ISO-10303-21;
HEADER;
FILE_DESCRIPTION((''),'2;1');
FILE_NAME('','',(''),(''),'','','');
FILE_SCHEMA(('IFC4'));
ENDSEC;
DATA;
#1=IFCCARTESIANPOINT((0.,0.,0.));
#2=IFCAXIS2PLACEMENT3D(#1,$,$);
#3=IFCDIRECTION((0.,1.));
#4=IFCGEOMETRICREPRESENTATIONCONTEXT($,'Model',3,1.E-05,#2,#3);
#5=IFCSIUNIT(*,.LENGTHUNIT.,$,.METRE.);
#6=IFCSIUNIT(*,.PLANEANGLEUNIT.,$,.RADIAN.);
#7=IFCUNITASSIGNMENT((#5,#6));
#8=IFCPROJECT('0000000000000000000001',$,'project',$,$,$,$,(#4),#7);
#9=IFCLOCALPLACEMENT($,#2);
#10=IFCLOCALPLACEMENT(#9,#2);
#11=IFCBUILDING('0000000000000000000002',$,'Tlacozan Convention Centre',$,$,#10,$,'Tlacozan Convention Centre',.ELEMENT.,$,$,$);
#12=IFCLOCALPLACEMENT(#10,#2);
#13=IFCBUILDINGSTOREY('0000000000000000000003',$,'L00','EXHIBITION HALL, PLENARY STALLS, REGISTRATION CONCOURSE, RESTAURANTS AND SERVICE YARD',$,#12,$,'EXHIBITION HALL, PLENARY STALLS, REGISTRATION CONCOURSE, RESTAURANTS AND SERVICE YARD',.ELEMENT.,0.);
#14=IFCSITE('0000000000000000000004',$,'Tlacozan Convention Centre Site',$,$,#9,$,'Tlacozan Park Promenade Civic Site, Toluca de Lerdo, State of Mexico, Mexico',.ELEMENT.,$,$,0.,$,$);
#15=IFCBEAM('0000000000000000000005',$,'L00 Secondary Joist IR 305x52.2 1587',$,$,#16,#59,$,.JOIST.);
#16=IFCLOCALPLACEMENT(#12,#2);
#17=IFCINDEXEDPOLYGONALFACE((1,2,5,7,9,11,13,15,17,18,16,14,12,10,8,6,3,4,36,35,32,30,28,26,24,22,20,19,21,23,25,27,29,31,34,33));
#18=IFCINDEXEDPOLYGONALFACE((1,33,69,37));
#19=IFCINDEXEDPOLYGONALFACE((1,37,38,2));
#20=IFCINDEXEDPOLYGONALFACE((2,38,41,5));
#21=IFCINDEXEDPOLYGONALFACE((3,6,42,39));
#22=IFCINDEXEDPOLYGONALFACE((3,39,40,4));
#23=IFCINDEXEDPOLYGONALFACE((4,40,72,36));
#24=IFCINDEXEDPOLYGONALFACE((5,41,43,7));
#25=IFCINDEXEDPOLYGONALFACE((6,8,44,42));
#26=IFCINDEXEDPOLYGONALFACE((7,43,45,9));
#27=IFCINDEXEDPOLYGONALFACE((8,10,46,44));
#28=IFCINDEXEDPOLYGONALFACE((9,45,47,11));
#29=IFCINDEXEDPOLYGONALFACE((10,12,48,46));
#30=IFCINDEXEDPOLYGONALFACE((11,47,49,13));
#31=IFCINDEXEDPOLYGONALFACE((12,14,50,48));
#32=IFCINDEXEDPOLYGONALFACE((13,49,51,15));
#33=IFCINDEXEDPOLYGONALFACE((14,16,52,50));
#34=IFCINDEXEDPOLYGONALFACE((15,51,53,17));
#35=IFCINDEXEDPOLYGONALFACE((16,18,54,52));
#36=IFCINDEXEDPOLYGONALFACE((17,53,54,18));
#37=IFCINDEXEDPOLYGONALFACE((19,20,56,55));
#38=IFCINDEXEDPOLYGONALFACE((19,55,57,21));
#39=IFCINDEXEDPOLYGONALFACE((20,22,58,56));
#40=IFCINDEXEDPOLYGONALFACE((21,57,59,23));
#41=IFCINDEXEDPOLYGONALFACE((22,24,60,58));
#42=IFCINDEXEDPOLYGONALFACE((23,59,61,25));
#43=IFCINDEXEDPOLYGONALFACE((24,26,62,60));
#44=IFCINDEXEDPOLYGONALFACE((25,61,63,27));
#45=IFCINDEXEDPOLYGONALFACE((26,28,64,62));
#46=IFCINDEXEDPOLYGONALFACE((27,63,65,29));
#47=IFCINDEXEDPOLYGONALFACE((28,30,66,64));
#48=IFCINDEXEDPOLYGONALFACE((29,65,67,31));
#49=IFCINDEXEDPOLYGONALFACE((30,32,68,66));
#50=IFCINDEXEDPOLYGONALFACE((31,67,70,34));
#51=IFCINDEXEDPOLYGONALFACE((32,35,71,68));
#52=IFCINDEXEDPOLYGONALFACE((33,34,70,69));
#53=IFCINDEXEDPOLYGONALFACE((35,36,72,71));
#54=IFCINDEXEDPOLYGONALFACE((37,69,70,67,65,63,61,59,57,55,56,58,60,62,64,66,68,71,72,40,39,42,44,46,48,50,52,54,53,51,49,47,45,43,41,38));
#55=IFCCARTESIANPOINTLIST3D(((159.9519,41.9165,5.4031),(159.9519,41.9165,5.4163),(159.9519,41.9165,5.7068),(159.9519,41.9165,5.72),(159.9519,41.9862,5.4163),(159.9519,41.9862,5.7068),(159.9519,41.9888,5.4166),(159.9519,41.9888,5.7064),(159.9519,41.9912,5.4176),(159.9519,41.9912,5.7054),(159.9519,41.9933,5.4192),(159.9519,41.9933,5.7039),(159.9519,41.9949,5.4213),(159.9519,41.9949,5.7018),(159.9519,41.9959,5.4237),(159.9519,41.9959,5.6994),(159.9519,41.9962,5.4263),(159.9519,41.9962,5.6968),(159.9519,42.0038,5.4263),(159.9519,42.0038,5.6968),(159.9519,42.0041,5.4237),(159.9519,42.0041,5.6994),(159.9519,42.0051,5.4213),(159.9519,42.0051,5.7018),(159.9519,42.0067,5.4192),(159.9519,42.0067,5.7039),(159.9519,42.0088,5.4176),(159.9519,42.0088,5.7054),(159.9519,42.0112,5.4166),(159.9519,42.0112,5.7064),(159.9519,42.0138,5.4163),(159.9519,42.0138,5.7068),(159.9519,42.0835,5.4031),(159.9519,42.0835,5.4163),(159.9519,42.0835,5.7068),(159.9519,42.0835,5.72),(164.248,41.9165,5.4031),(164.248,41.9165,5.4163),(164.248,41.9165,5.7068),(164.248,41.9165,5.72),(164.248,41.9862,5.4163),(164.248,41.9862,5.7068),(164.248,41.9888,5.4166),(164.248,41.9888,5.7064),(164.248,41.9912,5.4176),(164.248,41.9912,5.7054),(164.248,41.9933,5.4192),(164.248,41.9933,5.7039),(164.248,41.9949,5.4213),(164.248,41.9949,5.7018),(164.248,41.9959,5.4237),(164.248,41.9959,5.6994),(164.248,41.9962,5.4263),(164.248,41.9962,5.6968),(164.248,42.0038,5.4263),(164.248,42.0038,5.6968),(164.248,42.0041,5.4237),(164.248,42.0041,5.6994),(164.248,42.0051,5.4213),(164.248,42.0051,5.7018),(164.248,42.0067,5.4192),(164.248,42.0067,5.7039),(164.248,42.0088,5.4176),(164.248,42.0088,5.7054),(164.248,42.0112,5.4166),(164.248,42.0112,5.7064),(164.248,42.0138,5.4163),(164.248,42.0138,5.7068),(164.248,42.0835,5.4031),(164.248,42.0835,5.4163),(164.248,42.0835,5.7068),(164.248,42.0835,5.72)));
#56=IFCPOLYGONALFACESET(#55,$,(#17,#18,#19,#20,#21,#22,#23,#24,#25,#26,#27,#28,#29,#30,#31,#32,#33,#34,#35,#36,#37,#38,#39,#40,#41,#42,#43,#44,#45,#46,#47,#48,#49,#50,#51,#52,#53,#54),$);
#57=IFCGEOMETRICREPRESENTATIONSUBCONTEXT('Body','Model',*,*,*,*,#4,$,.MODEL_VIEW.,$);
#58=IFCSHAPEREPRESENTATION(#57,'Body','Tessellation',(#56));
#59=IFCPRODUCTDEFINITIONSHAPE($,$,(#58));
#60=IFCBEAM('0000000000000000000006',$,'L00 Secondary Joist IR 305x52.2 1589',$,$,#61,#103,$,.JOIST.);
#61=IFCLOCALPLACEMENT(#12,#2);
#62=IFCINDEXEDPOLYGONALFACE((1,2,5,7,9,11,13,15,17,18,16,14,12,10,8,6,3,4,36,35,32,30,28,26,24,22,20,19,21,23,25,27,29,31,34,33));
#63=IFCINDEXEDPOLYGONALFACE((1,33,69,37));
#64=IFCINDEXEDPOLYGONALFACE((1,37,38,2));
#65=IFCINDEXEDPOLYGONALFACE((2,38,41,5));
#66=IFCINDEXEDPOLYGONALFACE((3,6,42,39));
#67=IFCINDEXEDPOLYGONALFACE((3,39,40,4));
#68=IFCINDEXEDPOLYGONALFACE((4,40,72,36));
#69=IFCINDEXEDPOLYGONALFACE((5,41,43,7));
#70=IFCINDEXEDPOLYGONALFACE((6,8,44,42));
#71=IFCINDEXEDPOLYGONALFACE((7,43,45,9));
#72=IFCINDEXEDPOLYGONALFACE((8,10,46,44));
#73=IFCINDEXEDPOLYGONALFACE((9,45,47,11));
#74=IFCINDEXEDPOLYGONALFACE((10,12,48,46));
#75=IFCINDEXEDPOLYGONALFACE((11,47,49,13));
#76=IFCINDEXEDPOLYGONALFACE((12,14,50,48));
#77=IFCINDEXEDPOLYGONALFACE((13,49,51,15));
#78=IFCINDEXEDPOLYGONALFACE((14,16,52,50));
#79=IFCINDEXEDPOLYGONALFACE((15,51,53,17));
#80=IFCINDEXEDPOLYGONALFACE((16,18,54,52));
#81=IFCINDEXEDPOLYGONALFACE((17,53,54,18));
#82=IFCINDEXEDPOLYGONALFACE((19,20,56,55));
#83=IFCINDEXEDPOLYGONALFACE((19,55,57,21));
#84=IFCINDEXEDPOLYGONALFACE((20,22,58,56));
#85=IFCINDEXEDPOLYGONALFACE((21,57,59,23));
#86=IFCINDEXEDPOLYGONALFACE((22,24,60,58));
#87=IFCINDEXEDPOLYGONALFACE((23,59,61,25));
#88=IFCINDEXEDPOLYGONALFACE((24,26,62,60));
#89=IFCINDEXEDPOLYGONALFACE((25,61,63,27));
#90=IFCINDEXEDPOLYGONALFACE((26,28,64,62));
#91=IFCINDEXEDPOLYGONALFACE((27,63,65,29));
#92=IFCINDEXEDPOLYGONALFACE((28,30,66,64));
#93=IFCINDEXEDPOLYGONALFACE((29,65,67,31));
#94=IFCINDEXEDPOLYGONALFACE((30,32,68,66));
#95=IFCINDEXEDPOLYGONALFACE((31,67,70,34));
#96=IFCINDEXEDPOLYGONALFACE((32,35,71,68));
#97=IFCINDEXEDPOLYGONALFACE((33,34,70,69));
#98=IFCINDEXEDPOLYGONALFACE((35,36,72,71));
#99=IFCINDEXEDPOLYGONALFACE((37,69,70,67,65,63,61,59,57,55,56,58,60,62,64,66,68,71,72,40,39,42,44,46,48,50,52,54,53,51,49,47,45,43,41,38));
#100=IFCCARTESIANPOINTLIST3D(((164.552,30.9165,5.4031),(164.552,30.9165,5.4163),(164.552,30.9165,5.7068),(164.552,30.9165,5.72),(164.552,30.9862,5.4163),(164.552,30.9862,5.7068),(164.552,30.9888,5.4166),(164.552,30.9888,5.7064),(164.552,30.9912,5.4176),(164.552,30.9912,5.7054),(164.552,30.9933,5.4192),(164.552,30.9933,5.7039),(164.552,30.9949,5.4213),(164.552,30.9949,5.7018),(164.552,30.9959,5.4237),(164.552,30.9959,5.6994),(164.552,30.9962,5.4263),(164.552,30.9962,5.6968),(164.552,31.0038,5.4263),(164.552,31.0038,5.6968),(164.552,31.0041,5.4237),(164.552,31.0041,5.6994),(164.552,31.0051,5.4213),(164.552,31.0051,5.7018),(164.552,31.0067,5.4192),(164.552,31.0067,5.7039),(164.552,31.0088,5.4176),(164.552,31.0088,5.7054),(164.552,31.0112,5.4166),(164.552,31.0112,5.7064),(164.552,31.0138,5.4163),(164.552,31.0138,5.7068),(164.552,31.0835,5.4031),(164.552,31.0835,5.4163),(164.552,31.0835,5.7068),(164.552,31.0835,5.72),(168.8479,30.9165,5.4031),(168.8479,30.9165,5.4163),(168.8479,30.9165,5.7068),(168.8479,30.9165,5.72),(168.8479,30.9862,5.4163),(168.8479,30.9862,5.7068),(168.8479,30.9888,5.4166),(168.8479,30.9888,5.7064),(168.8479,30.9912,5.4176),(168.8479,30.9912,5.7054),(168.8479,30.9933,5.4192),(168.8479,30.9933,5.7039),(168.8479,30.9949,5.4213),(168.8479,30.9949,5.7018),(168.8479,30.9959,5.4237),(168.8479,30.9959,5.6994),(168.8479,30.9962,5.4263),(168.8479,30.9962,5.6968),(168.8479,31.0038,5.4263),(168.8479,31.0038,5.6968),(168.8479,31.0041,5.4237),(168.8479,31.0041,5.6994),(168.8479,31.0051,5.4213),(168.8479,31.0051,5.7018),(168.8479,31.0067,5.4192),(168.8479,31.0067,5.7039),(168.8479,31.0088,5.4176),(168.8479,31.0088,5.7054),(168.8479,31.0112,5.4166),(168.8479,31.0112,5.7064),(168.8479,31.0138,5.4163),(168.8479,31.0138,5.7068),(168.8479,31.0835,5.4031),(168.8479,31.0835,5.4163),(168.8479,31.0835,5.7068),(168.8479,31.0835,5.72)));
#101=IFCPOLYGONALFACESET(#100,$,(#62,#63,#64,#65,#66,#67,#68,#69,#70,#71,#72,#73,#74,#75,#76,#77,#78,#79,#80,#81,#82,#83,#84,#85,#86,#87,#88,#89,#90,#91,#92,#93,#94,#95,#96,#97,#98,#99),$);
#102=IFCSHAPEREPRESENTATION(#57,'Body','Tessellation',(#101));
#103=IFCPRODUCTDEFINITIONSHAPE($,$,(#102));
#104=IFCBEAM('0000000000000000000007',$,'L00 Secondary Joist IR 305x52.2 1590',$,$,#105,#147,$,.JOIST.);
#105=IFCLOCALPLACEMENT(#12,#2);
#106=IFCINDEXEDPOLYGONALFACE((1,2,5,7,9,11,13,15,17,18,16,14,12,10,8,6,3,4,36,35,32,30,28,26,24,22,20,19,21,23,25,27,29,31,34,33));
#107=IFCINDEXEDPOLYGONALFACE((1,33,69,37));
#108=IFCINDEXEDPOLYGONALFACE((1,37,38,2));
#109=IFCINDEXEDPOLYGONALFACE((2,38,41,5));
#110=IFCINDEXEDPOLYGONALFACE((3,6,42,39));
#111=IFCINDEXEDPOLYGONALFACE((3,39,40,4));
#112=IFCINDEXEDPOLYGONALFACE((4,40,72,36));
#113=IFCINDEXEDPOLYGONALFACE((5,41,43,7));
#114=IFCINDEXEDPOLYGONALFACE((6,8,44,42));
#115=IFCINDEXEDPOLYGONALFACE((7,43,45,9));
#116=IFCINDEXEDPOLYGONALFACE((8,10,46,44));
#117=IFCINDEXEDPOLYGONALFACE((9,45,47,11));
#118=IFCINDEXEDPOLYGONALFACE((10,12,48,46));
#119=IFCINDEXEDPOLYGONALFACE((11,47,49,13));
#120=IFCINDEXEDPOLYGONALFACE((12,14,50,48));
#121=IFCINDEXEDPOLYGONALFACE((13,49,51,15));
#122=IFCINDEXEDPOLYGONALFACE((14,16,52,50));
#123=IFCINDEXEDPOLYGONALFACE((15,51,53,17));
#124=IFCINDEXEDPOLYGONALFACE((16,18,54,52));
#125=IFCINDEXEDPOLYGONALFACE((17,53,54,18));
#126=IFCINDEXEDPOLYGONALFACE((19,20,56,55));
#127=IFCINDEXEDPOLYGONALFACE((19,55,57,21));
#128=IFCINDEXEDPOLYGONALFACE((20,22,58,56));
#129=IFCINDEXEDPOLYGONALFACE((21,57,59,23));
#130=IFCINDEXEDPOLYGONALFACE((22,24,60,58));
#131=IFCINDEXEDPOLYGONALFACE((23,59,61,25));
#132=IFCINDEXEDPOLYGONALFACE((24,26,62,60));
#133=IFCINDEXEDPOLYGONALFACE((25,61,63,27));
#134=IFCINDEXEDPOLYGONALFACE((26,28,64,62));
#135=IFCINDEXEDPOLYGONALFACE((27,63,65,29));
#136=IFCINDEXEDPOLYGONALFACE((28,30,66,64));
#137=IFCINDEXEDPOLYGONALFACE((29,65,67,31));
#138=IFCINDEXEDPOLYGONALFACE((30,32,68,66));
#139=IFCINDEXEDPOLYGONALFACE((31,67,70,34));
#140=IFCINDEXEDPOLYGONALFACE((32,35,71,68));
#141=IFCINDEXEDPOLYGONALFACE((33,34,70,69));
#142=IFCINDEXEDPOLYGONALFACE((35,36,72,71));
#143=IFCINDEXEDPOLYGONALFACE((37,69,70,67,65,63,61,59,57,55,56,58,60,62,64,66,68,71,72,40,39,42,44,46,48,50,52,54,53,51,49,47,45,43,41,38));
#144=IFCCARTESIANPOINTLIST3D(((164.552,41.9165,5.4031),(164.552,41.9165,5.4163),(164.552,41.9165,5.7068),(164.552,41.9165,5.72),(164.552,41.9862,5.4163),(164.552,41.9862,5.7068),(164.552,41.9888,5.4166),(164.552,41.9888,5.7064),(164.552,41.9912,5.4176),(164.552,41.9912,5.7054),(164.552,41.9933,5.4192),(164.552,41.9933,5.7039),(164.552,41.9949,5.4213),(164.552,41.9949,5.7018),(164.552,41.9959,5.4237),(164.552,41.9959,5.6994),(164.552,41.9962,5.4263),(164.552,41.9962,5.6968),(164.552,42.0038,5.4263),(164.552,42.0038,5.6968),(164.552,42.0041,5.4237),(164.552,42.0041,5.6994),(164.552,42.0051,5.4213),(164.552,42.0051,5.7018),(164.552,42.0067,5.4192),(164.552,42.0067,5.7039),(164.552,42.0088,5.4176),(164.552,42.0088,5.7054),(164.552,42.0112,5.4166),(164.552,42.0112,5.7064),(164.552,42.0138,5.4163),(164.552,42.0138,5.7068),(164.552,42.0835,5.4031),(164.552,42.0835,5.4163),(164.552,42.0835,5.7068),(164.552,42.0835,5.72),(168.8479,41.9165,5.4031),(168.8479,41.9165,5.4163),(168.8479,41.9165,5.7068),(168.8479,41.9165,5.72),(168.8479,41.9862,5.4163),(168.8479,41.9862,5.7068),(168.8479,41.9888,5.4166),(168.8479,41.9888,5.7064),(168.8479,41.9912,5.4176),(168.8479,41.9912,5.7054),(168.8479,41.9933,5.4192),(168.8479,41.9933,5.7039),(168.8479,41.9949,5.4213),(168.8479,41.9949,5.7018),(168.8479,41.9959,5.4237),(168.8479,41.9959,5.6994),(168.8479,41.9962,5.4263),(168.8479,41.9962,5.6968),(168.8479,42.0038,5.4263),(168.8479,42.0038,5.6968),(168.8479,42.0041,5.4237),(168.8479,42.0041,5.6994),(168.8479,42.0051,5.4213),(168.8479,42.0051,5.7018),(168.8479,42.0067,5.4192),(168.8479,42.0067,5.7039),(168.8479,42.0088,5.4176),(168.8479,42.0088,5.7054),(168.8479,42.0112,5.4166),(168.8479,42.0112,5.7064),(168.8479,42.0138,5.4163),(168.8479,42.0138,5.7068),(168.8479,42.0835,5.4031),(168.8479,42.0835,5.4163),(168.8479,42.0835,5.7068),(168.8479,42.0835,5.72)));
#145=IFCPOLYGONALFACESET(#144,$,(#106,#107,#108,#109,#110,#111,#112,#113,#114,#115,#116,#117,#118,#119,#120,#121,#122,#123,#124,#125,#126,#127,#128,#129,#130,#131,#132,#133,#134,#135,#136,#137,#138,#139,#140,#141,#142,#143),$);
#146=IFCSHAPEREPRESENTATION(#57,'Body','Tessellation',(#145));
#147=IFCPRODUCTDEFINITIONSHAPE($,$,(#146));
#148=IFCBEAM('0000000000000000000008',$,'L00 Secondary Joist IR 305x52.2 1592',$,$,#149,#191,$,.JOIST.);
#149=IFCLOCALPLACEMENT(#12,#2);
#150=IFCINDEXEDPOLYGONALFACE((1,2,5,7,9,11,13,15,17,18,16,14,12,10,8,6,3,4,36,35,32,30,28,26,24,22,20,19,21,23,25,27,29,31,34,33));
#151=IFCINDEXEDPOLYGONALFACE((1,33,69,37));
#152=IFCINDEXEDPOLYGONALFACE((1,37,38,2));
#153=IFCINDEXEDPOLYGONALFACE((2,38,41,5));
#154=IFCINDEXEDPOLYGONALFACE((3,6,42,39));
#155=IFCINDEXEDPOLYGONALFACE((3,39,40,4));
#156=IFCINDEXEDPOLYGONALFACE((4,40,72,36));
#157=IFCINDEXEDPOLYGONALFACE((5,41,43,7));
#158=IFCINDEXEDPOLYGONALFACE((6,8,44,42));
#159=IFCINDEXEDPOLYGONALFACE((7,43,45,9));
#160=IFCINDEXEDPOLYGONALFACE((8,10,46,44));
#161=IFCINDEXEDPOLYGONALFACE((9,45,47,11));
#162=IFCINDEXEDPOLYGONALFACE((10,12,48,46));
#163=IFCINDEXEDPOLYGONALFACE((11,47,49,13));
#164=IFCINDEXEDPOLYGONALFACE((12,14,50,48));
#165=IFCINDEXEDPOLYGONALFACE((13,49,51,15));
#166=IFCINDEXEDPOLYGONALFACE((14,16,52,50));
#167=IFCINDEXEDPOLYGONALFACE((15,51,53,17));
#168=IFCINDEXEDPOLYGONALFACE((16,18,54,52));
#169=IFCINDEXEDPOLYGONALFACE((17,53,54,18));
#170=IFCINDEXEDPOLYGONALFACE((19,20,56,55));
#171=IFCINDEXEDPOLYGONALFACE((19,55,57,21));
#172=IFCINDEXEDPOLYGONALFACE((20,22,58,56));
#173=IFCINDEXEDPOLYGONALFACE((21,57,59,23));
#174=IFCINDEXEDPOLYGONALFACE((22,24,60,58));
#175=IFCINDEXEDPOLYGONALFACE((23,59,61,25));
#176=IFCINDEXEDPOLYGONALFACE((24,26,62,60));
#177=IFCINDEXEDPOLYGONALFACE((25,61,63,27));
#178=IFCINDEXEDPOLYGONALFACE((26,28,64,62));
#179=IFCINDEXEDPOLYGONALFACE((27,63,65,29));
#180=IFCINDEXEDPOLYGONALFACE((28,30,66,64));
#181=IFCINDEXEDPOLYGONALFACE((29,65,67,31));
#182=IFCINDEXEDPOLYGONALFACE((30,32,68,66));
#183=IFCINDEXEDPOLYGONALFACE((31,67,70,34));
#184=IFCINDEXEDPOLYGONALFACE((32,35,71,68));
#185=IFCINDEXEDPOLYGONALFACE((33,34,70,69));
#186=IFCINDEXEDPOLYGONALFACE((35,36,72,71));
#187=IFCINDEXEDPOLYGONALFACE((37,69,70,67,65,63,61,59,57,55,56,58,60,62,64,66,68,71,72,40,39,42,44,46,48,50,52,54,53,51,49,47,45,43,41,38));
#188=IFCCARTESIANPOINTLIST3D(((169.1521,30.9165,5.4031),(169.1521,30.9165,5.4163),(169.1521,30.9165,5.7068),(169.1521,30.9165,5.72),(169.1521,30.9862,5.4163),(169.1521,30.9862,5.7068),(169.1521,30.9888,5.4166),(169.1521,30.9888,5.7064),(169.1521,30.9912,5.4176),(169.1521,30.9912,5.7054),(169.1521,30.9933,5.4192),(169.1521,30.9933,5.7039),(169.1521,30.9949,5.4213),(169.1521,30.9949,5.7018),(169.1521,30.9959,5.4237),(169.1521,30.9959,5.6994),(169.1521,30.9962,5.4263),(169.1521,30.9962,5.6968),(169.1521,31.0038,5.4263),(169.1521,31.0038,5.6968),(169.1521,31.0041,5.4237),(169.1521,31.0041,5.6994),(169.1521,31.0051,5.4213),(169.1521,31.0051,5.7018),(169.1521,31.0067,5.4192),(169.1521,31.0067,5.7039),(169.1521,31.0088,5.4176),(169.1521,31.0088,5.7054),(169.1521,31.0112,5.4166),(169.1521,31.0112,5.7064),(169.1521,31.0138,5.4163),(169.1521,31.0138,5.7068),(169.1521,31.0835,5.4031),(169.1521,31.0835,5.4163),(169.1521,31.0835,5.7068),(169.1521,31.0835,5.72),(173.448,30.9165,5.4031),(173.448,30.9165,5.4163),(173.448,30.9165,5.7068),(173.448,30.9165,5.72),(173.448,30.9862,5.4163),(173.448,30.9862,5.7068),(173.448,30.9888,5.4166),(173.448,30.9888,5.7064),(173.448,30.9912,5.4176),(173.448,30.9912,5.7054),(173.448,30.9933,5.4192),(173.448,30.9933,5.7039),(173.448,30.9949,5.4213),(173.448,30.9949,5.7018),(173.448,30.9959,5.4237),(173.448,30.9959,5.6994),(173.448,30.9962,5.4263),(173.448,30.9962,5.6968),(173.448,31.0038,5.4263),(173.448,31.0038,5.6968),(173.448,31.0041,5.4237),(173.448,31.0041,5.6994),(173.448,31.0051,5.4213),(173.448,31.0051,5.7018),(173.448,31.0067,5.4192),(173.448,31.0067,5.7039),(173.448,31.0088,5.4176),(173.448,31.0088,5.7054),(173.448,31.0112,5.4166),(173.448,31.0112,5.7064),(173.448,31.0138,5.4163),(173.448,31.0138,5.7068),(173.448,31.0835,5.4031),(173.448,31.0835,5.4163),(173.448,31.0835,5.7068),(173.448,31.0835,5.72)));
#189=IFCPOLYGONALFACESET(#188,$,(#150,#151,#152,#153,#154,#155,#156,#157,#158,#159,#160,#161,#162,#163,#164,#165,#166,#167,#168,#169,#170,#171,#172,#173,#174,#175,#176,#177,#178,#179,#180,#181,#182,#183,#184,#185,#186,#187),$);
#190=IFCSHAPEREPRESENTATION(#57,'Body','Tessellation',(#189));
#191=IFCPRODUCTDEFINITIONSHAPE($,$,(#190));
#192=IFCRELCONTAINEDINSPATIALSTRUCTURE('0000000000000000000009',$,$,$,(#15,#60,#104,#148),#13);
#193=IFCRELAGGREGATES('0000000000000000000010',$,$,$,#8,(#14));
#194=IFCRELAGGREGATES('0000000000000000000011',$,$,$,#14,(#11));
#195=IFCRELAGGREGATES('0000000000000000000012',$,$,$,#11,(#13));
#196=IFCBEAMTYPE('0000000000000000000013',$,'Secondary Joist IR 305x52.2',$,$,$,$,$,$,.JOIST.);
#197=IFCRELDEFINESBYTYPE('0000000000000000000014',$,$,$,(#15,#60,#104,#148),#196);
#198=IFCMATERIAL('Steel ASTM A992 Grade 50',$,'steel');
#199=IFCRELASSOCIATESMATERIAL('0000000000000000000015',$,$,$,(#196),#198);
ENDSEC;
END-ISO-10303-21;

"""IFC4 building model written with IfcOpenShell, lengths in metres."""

from ifc_helpers import new_model, si_unit, direction, frame, origin, origin_2d, place, context, subcontext, project, spatial, i_section, extrude, material, material_profile, profile_set, type_object, element, save


model = new_model("IFC4")

# Units and contexts
model_context = context("Model", 3, precision=1e-05, world=origin(), true_north=direction((0.0, 1.0)))
body_context = subcontext(model_context, "Body", "Model", "MODEL_VIEW")
ifc_project = project(units=[si_unit("LENGTHUNIT", "METRE"), si_unit("PLANEANGLEUNIT", "RADIAN")], contexts=[model_context])

# Site, building, storey
site_placement = place(None, origin())
site = spatial("IfcSite", under=ifc_project, at=site_placement, Name="Tlacozan Convention Centre Site", LongName="Tlacozan Park Promenade Civic Site, Toluca de Lerdo, State of Mexico, Mexico", CompositionType="ELEMENT", RefElevation=0.0)
building_placement = place(site_placement, origin())
building = spatial("IfcBuilding", under=site, at=building_placement, Name="Tlacozan Convention Centre", LongName="Tlacozan Convention Centre", CompositionType="ELEMENT")
storey_placement = place(building_placement, origin())
storey = spatial("IfcBuildingStorey", under=building, at=storey_placement, Name="L00", Description="EXHIBITION HALL, PLENARY STALLS, REGISTRATION CONCOURSE, RESTAURANTS AND SERVICE YARD", LongName="EXHIBITION HALL, PLENARY STALLS, REGISTRATION CONCOURSE, RESTAURANTS AND SERVICE YARD", CompositionType="ELEMENT", Elevation=0.0)

# Beams
ifc_material_1 = material(Name="Steel ASTM A992 Grade 50", Category="steel")
ifc_material_profile_1 = material_profile(ifc_material_1, i_section(OverallWidth=0.167, OverallDepth=0.3169, WebThickness=0.0076, FlangeThickness=0.0132, FilletRadius=0.01, at=origin_2d()), Name="IR 305x52.2")
ifc_profile_set_1 = profile_set([ifc_material_profile_1], Name="Steel ASTM A992 Grade 50")
beam_type = type_object("IfcBeamType", Name="Secondary Joist IR 305x52.2", PredefinedType="JOIST", material=ifc_profile_set_1)
for number, where, z_axis, x_axis, name in (
    (1, (159.9519, 42.0, 5.5615), (1.0, 0.0, 0.0), (0.0, 1.0, 0.0), "L00 Secondary Joist IR 305x52.2 1587"),
):
    element("IfcBeam", number, at=place(storey_placement, frame(where, z_axis=z_axis, x_axis=x_axis)), inside=storey, type_object=beam_type, Name=name, PredefinedType="JOIST", context=body_context, shape_type="SweptSolid", body=[
        extrude(i_section(OverallWidth=0.167, OverallDepth=0.3169, WebThickness=0.0076, FlangeThickness=0.0132, FilletRadius=0.01, at=origin_2d()), origin(), (0.0, 0.0, 1.0), 4.2961),
    ])
for number, where, z_axis, x_axis, name in (
    (2, (164.552, 31.0, 5.5615), (1.0, 0.0, 0.0), (0.0, 1.0, 0.0), "L00 Secondary Joist IR 305x52.2 1589"),
    (3, (164.552, 42.0, 5.5615), (1.0, 0.0, 0.0), (0.0, 1.0, 0.0), "L00 Secondary Joist IR 305x52.2 1590"),
    (4, (169.1521, 31.0, 5.5615), (1.0, 0.0, 0.0), (0.0, 1.0, 0.0), "L00 Secondary Joist IR 305x52.2 1592"),
):
    element("IfcBeam", number, at=place(storey_placement, frame(where, z_axis=z_axis, x_axis=x_axis)), inside=storey, type_object=beam_type, Name=name, PredefinedType="JOIST", context=body_context, shape_type="SweptSolid", body=[
        extrude(i_section(OverallWidth=0.167, OverallDepth=0.3169, WebThickness=0.0076, FlangeThickness=0.0132, FilletRadius=0.01, at=origin_2d()), origin(), (0.0, 0.0, 1.0), 4.2959),
    ])

save(model, "model.ifc")
